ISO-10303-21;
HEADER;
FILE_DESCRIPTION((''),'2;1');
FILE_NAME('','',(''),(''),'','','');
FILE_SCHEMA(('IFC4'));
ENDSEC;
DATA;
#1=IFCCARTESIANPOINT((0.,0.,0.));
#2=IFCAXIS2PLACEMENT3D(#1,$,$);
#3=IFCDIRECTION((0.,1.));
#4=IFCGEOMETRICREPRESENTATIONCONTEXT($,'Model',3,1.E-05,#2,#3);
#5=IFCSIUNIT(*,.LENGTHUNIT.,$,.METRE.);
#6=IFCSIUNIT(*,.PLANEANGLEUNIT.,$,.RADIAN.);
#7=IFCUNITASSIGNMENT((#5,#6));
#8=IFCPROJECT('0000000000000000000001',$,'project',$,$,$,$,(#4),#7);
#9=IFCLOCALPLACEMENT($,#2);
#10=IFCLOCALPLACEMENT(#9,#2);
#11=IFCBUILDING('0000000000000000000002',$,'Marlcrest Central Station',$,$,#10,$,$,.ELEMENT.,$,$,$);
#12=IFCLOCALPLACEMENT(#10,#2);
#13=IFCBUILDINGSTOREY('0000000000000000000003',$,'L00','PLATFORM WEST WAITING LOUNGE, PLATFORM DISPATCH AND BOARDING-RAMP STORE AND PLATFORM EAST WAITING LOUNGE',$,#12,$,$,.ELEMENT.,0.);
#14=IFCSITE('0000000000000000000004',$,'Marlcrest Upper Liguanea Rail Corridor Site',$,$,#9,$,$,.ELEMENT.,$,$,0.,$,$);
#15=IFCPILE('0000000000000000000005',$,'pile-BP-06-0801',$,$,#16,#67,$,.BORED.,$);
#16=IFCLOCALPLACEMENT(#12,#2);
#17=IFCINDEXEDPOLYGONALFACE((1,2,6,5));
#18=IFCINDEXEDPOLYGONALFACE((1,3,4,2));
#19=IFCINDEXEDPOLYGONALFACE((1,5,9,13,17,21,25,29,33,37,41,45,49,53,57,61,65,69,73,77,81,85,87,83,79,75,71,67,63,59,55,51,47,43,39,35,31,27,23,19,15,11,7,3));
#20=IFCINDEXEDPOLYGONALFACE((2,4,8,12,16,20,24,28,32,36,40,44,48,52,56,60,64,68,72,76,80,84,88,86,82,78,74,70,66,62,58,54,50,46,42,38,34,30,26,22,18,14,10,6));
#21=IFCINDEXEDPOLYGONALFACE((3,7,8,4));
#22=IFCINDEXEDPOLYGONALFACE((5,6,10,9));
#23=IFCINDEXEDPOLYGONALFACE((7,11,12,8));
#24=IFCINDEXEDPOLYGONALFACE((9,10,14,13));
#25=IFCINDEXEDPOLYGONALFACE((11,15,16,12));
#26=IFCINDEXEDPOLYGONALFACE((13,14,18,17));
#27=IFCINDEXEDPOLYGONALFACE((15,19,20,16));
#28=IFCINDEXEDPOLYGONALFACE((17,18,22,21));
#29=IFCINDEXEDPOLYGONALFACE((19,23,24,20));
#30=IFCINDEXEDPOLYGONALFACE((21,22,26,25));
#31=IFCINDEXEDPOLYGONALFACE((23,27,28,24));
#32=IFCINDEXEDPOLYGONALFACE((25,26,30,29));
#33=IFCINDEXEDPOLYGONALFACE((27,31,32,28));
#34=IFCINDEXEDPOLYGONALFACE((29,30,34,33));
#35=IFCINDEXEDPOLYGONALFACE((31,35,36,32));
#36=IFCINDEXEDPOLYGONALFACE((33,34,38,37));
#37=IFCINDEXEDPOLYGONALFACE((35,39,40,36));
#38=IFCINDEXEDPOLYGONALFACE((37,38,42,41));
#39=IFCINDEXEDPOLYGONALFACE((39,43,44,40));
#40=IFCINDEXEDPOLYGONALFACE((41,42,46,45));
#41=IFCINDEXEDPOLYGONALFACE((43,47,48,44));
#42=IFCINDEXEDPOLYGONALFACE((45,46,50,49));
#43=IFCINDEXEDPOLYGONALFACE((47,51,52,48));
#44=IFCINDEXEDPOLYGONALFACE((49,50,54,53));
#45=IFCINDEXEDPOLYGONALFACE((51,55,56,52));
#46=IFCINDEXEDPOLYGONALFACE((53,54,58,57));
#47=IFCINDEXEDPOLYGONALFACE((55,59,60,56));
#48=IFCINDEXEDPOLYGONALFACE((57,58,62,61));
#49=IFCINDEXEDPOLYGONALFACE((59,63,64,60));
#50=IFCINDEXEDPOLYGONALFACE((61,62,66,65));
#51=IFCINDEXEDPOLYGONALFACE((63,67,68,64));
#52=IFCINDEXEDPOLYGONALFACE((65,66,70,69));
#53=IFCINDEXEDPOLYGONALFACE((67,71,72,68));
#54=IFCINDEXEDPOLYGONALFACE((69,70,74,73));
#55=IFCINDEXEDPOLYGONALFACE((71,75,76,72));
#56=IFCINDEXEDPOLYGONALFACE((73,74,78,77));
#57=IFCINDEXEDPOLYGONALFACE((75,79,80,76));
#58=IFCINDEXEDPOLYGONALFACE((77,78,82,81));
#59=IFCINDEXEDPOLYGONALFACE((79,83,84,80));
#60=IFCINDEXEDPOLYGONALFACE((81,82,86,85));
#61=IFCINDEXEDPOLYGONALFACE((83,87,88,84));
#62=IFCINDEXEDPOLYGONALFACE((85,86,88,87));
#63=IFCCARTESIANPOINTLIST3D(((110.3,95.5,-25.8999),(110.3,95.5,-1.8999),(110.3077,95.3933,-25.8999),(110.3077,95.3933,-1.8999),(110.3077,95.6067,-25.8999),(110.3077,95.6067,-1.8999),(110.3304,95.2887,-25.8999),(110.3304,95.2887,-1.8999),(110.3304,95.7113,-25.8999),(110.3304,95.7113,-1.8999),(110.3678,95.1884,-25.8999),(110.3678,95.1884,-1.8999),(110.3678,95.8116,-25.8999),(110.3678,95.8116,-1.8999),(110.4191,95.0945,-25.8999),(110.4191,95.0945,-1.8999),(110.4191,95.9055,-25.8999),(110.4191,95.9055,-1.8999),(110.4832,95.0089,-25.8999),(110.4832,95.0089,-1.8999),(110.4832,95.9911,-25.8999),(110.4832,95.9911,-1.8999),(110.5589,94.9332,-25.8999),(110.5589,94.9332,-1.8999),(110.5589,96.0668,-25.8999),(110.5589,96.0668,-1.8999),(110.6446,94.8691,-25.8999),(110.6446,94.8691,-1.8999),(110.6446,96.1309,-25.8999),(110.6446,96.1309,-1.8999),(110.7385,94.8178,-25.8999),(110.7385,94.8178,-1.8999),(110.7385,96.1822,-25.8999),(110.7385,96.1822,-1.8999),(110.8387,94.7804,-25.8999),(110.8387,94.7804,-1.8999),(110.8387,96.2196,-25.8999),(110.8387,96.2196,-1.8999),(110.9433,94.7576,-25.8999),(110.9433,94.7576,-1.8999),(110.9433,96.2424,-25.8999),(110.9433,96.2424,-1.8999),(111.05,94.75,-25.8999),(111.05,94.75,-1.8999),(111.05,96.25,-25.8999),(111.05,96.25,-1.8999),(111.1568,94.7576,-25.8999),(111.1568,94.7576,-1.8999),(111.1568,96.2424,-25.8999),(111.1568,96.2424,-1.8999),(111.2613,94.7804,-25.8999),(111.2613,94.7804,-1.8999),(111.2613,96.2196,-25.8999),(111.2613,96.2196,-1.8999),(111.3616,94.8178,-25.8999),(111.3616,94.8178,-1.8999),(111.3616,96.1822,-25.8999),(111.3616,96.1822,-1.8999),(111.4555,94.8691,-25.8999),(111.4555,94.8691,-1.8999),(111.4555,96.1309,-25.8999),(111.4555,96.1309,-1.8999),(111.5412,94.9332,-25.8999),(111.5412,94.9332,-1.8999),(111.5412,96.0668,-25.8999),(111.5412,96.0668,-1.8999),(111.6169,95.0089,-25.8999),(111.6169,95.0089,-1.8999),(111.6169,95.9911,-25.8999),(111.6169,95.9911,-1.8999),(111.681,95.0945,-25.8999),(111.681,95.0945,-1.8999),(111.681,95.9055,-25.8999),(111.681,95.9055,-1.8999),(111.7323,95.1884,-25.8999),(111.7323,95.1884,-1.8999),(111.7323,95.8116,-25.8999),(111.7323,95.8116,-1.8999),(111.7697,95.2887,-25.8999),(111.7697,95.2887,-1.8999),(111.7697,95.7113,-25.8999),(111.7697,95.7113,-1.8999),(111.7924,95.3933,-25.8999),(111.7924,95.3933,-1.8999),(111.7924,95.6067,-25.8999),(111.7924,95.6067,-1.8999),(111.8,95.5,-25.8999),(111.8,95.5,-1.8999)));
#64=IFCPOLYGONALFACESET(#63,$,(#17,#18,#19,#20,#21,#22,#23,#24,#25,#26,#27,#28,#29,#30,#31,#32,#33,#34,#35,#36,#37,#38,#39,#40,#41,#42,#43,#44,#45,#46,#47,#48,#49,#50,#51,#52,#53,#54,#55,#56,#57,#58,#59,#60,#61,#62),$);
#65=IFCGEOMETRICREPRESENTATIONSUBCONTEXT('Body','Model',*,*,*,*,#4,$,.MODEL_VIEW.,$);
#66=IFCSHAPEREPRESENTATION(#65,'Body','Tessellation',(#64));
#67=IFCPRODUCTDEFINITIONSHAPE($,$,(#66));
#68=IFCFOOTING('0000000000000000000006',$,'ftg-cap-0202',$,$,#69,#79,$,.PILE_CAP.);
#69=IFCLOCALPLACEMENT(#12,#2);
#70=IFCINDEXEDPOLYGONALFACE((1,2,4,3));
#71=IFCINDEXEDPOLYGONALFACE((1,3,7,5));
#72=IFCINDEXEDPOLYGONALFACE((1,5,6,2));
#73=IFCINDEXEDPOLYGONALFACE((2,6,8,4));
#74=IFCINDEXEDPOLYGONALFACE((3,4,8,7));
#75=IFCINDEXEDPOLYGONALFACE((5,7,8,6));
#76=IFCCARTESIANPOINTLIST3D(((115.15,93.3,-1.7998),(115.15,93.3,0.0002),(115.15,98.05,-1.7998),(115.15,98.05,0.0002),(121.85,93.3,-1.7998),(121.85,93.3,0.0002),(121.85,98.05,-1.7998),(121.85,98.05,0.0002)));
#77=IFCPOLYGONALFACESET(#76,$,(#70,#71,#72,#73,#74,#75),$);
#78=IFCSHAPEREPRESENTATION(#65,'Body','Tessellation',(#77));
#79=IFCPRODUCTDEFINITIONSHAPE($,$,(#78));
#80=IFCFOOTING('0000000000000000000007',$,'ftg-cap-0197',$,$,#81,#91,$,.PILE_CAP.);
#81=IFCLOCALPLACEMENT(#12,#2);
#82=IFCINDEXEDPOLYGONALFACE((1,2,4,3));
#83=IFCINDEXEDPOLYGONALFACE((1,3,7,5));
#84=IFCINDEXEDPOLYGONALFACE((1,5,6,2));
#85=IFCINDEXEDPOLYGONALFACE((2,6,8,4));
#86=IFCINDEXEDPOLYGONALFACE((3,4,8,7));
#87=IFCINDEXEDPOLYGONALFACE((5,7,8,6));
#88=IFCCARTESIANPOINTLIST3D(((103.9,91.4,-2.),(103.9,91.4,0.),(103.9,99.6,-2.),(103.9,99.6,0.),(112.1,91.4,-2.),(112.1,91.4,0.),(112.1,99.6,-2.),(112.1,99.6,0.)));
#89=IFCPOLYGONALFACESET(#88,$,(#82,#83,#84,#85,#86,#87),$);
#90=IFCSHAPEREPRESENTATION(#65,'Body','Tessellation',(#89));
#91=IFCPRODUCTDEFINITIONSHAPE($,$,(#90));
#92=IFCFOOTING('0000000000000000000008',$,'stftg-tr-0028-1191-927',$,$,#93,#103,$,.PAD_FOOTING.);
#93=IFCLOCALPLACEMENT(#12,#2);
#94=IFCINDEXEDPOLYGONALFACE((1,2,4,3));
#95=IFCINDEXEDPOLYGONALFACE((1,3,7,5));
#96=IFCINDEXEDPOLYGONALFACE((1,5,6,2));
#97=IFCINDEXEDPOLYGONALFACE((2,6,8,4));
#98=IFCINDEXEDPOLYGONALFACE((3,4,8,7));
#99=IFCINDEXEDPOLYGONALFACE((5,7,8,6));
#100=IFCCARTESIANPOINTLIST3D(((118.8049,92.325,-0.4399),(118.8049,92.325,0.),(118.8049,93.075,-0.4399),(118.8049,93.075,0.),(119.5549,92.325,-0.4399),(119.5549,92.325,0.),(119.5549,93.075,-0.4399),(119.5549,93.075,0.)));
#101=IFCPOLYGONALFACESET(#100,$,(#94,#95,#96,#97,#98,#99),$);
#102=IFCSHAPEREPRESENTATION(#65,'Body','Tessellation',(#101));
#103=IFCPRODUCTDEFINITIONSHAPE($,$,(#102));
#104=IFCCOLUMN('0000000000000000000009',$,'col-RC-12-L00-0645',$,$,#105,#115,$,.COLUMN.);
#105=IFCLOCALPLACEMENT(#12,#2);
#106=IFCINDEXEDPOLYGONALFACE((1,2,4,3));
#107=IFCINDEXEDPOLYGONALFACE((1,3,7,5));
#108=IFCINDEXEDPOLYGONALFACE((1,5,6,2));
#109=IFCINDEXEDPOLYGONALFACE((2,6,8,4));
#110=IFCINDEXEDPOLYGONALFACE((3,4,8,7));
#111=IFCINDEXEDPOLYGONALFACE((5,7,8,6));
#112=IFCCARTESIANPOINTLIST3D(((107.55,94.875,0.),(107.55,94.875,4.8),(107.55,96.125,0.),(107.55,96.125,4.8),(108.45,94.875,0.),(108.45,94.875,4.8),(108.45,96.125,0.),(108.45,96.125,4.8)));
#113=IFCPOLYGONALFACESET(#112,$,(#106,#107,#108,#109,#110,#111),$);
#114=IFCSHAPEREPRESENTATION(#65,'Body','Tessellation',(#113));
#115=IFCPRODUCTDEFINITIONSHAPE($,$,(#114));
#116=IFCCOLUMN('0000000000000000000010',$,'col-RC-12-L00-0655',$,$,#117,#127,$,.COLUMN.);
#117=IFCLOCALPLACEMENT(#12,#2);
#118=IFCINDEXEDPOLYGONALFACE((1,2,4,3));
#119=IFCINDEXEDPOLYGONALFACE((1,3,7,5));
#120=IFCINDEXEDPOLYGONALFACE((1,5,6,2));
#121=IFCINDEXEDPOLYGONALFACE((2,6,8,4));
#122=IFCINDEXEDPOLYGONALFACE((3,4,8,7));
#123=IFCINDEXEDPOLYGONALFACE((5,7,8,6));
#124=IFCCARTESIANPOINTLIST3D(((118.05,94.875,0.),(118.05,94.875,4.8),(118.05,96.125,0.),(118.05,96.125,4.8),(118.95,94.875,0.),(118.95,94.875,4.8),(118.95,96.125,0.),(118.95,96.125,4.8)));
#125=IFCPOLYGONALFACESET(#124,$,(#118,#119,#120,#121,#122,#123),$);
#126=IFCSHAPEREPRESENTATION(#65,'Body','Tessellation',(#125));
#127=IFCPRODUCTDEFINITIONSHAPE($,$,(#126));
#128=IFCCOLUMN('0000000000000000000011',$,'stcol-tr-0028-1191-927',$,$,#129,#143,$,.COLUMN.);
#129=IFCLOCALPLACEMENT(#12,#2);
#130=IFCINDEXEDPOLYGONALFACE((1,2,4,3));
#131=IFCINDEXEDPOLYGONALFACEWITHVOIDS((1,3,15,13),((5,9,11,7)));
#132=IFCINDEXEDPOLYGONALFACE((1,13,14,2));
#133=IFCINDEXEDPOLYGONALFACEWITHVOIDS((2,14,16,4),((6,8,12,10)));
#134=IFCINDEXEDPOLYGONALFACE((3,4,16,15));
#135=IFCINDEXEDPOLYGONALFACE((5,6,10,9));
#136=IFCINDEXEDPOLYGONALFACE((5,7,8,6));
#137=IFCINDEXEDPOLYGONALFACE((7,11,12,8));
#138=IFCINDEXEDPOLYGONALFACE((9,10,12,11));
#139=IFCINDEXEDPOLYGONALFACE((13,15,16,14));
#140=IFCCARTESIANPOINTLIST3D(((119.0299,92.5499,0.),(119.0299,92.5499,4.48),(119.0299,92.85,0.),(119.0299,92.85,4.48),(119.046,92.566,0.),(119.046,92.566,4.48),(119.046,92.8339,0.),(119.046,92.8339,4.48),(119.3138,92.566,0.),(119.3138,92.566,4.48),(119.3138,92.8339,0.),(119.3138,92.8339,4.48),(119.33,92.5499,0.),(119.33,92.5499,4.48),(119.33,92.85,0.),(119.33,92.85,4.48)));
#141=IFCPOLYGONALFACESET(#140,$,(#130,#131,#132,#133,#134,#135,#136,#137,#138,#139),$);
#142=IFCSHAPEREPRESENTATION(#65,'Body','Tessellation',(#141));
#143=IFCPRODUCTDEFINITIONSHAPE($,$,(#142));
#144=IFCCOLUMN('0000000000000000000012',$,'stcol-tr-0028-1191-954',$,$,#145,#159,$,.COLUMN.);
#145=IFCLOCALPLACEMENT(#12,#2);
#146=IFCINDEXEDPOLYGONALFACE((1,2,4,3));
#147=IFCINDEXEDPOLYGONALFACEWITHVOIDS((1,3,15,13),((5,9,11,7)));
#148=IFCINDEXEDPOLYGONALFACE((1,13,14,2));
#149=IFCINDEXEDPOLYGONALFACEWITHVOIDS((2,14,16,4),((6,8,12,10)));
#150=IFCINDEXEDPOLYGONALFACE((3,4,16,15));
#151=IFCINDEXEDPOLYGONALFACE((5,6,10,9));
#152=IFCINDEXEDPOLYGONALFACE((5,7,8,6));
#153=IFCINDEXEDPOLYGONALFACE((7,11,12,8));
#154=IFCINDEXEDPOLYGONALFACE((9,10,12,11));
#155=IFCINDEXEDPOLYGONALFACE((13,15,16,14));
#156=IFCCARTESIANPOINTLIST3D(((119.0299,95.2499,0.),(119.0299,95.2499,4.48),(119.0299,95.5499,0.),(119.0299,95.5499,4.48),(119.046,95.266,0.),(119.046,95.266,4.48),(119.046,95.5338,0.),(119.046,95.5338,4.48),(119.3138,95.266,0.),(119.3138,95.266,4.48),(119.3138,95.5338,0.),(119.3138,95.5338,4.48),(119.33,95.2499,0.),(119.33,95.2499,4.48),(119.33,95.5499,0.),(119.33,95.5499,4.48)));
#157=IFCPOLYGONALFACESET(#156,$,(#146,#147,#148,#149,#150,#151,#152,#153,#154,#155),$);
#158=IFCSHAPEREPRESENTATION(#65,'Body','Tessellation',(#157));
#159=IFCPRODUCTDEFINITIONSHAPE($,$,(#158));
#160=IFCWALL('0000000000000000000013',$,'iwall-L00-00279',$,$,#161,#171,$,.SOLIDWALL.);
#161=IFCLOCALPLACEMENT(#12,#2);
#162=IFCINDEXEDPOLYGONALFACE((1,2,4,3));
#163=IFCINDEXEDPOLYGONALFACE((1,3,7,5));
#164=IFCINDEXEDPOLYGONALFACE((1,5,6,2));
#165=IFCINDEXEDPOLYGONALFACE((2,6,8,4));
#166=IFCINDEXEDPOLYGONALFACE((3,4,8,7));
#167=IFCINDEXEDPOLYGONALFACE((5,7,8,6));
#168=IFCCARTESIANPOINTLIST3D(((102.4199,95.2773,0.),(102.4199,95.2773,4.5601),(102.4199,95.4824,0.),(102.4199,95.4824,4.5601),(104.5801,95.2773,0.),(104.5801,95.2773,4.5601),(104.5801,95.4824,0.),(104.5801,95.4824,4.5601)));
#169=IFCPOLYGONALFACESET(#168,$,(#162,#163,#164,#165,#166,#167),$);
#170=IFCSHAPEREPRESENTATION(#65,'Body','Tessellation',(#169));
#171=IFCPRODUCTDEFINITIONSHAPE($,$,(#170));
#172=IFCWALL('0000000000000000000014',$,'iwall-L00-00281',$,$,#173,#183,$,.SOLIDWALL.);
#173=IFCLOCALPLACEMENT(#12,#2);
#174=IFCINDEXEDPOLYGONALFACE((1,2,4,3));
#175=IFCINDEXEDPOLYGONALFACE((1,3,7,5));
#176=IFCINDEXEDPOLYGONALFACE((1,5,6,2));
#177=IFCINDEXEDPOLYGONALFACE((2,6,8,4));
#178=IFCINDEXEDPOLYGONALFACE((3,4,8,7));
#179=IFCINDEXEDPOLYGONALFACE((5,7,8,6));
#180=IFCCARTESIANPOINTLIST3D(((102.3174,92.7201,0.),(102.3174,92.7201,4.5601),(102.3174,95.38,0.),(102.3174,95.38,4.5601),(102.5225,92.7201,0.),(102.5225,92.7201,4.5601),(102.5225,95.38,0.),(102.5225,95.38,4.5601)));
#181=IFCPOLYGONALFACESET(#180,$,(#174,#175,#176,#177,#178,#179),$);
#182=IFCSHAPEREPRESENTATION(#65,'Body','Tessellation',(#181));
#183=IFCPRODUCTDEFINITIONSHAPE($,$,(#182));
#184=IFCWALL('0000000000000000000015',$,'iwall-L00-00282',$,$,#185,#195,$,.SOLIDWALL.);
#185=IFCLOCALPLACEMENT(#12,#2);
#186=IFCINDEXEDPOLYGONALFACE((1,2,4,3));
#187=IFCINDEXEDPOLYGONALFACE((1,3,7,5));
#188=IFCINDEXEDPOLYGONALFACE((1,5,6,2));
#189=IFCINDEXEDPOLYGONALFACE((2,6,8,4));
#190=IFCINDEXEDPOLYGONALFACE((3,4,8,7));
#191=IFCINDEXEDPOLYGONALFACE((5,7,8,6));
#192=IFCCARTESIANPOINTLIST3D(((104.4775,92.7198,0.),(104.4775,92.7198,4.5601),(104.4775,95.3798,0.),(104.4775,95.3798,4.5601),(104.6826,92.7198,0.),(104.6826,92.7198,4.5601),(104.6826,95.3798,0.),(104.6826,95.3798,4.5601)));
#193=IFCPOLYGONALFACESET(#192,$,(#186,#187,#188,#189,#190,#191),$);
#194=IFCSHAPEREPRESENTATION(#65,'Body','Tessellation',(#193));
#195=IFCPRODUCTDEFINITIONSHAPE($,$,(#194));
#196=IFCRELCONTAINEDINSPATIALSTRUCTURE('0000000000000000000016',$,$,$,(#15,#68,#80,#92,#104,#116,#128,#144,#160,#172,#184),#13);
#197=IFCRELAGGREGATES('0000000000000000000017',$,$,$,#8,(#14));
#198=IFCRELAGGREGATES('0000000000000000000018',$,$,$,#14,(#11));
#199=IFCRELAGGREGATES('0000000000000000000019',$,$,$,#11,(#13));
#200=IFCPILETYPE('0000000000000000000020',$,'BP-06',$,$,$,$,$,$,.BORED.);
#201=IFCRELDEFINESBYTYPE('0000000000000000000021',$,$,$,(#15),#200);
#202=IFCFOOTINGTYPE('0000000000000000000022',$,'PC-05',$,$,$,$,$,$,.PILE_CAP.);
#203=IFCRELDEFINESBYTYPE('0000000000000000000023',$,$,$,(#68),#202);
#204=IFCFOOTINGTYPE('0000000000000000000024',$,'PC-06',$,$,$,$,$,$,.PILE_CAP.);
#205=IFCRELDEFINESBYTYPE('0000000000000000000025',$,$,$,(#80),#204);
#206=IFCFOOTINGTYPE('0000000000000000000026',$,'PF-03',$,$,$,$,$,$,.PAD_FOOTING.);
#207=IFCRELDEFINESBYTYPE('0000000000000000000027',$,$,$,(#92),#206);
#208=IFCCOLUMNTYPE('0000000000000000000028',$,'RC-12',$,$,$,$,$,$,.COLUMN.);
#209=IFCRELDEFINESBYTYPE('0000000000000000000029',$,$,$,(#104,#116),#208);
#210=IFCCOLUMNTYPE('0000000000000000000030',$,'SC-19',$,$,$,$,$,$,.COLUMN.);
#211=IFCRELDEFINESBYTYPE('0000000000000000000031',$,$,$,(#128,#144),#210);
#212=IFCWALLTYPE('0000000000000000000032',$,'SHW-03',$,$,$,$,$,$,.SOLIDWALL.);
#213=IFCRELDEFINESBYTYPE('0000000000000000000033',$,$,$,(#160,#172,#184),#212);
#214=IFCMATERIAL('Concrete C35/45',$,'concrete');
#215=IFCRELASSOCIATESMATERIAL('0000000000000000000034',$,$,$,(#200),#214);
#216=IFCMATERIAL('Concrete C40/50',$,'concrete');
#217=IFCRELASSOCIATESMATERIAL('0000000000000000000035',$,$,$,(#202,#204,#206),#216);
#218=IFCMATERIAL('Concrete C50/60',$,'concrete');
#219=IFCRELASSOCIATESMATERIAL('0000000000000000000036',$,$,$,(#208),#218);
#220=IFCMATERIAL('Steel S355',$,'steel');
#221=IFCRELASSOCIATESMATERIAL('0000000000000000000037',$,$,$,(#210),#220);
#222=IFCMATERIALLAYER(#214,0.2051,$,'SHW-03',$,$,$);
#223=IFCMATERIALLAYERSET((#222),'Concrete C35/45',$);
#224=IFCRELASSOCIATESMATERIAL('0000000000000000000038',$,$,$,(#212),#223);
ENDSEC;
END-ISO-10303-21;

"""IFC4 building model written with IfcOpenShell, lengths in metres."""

from ifc_helpers import new_model, si_unit, direction, frame, frame_2d, origin, origin_2d, place, context, subcontext, project, spatial, rectangle, hollow_rectangle, circle, extrude, material, layer, layer_set, material_profile, profile_set, type_object, element, save


model = new_model("IFC4")

# Units and contexts
model_context = context("Model", 3, precision=1e-05, world=origin(), true_north=direction((0.0, 1.0)))
body_context = subcontext(model_context, "Body", "Model", "MODEL_VIEW")
ifc_project = project(units=[si_unit("LENGTHUNIT", "METRE"), si_unit("PLANEANGLEUNIT", "RADIAN")], contexts=[model_context])

# Site, building, storey
site_placement = place(None, origin())
site = spatial("IfcSite", under=ifc_project, at=site_placement, Name="Marlcrest Upper Liguanea Rail Corridor Site", CompositionType="ELEMENT", RefElevation=0.0)
building_placement = place(site_placement, origin())
building = spatial("IfcBuilding", under=site, at=building_placement, Name="Marlcrest Central Station", CompositionType="ELEMENT")
storey_placement = place(building_placement, origin())
storey = spatial("IfcBuildingStorey", under=building, at=storey_placement, Name="L00", Description="PLATFORM WEST WAITING LOUNGE, PLATFORM DISPATCH AND BOARDING-RAMP STORE AND PLATFORM EAST WAITING LOUNGE", CompositionType="ELEMENT", Elevation=0.0)

# Pile
ifc_material_1 = material(Name="Concrete C35/45", Category="concrete")
ifc_material_profile_1 = material_profile(ifc_material_1, circle(Radius=0.75, at=origin_2d()), Name="PILE D1500")
ifc_profile_set_1 = profile_set([ifc_material_profile_1], Name="Concrete C35/45")
pile_type_1 = type_object("IfcPileType", Name="BP-06", PredefinedType="BORED", material=ifc_profile_set_1)
for number, where, z_axis, x_axis, name in (
    (1, (111.05, 95.5, -1.8999), (0.0, 0.0, -1.0), (1.0, 0.0, 0.0), "pile-BP-06-0801"),
):
    element("IfcPile", number, at=place(storey_placement, frame(where, z_axis=z_axis, x_axis=x_axis)), inside=storey, type_object=pile_type_1, Name=name, PredefinedType="BORED", context=body_context, shape_type="SweptSolid", body=[
        extrude(circle(Radius=0.75, at=origin_2d()), origin(), (0.0, 0.0, 1.0), 24.0),
    ])

# Footings
ifc_material_2 = material(Name="Concrete C40/50", Category="concrete")
footing_type_1 = type_object("IfcFootingType", Name="PC-05", PredefinedType="PILE_CAP", material=ifc_material_2)
footing_1_placement = place(storey_placement, frame((118.5, 95.675, -1.7998), z_axis=(0.0, 0.0, 1.0), x_axis=(1.0, 0.0, 0.0)))
element("IfcFooting", 2, at=footing_1_placement, inside=storey, type_object=footing_type_1, Name="ftg-cap-0202", PredefinedType="PILE_CAP", context=body_context, shape_type="SweptSolid", body=[
    extrude(rectangle(XDim=6.7, YDim=4.75, at=origin_2d()), origin(), (0.0, 0.0, 1.0), 1.8),
])
footing_type_2 = type_object("IfcFootingType", Name="PC-06", PredefinedType="PILE_CAP", material=ifc_material_2)
footing_2_placement = place(storey_placement, frame((108.0, 95.5, -2.0), z_axis=(0.0, 0.0, 1.0), x_axis=(1.0, 0.0, 0.0)))
element("IfcFooting", 3, at=footing_2_placement, inside=storey, type_object=footing_type_2, Name="ftg-cap-0197", PredefinedType="PILE_CAP", context=body_context, shape_type="SweptSolid", body=[
    extrude(rectangle(XDim=8.2, YDim=8.2, at=origin_2d()), origin(), (0.0, 0.0, 1.0), 2.0),
])
footing_type_3 = type_object("IfcFootingType", Name="PF-03", PredefinedType="PAD_FOOTING", material=ifc_material_2)
footing_3_placement = place(storey_placement, frame((119.1799, 92.7, -0.4399), z_axis=(0.0, 0.0, 1.0), x_axis=(1.0, 0.0, 0.0)))
element("IfcFooting", 4, at=footing_3_placement, inside=storey, type_object=footing_type_3, Name="stftg-tr-0028-1191-927", PredefinedType="PAD_FOOTING", context=body_context, shape_type="SweptSolid", body=[
    extrude(rectangle(XDim=0.75, YDim=0.75, at=origin_2d()), origin(), (0.0, 0.0, 1.0), 0.4399),
])

# Columns
ifc_material_3 = material(Name="Concrete C50/60", Category="concrete")
ifc_material_profile_2 = material_profile(ifc_material_3, rectangle(XDim=0.8999, YDim=1.25, at=origin_2d()), Name="RC 900x1250")
ifc_profile_set_2 = profile_set([ifc_material_profile_2], Name="Concrete C50/60")
column_type_1 = type_object("IfcColumnType", Name="RC-12", PredefinedType="COLUMN", material=ifc_profile_set_2)
for number, where, z_axis, x_axis, name in (
    (5, (108.0, 95.5, 0.0), (0.0, 0.0, 1.0), (1.0, 0.0, 0.0), "col-RC-12-L00-0645"),
    (6, (118.5, 95.5, 0.0), (0.0, 0.0, 1.0), (1.0, 0.0, 0.0), "col-RC-12-L00-0655"),
):
    element("IfcColumn", number, at=place(storey_placement, frame(where, z_axis=z_axis, x_axis=x_axis)), inside=storey, type_object=column_type_1, Name=name, PredefinedType="COLUMN", context=body_context, shape_type="SweptSolid", body=[
        extrude(rectangle(XDim=0.8999, YDim=1.25, at=origin_2d()), origin(), (0.0, 0.0, 1.0), 4.8),
    ])
ifc_material_4 = material(Name="Steel S355", Category="steel")
ifc_material_profile_3 = material_profile(ifc_material_4, hollow_rectangle(XDim=0.3, YDim=0.3, WallThickness=0.0161, at=origin_2d()), Name="SHS 300x300x16")
ifc_profile_set_3 = profile_set([ifc_material_profile_3], Name="Steel S355")
column_type_2 = type_object("IfcColumnType", Name="SC-19", PredefinedType="COLUMN", material=ifc_profile_set_3)
for number, where, z_axis, x_axis, name in (
    (7, (119.1799, 92.7, 0.0), (0.0, 0.0, 1.0), (1.0, 0.0, 0.0), "stcol-tr-0028-1191-927"),
    (8, (119.1799, 95.3999, 0.0), (0.0, 0.0, 1.0), (1.0, 0.0, 0.0), "stcol-tr-0028-1191-954"),
):
    element("IfcColumn", number, at=place(storey_placement, frame(where, z_axis=z_axis, x_axis=x_axis)), inside=storey, type_object=column_type_2, Name=name, PredefinedType="COLUMN", context=body_context, shape_type="SweptSolid", body=[
        extrude(hollow_rectangle(XDim=0.3, YDim=0.3, WallThickness=0.0161, at=origin_2d()), origin(), (0.0, 0.0, 1.0), 4.48),
    ])

# Wall
ifc_layer = layer(ifc_material_1, 0.2051, Name="SHW-03")
ifc_layer_set = layer_set([ifc_layer], Name="Concrete C35/45")
wall_type = type_object("IfcWallType", Name="SHW-03", PredefinedType="SOLIDWALL", material=ifc_layer_set)
wall_1_placement = place(storey_placement, frame((102.4199, 95.3799, 0.0), z_axis=(0.0, 0.0, 1.0), x_axis=(1.0, 0.0, 0.0)))
element("IfcWall", 9, at=wall_1_placement, inside=storey, type_object=wall_type, Name="iwall-L00-00279", PredefinedType="SOLIDWALL", context=body_context, shape_type="SweptSolid", body=[
    extrude(rectangle(XDim=2.1602, YDim=0.2051, at=frame_2d((1.0801, 0.0))), origin(), (0.0, 0.0, 1.0), 4.5601),
])

# Walls
for number, where, z_axis, x_axis, name in (
    (10, (102.4199, 92.72, 0.0), (0.0, 0.0, 1.0), (0.0, 1.0, 0.0), "iwall-L00-00281"),
    (11, (104.5801, 95.3799, 0.0), (0.0, 0.0, 1.0), (0.0, -1.0, 0.0), "iwall-L00-00282"),
):
    element("IfcWall", number, at=place(storey_placement, frame(where, z_axis=z_axis, x_axis=x_axis)), inside=storey, type_object=wall_type, Name=name, PredefinedType="SOLIDWALL", context=body_context, shape_type="SweptSolid", body=[
        extrude(rectangle(XDim=2.6599, YDim=0.2051, at=frame_2d((1.3301, 0.0))), origin(), (0.0, 0.0, 1.0), 4.5601),
    ])

save(model, "model.ifc")
